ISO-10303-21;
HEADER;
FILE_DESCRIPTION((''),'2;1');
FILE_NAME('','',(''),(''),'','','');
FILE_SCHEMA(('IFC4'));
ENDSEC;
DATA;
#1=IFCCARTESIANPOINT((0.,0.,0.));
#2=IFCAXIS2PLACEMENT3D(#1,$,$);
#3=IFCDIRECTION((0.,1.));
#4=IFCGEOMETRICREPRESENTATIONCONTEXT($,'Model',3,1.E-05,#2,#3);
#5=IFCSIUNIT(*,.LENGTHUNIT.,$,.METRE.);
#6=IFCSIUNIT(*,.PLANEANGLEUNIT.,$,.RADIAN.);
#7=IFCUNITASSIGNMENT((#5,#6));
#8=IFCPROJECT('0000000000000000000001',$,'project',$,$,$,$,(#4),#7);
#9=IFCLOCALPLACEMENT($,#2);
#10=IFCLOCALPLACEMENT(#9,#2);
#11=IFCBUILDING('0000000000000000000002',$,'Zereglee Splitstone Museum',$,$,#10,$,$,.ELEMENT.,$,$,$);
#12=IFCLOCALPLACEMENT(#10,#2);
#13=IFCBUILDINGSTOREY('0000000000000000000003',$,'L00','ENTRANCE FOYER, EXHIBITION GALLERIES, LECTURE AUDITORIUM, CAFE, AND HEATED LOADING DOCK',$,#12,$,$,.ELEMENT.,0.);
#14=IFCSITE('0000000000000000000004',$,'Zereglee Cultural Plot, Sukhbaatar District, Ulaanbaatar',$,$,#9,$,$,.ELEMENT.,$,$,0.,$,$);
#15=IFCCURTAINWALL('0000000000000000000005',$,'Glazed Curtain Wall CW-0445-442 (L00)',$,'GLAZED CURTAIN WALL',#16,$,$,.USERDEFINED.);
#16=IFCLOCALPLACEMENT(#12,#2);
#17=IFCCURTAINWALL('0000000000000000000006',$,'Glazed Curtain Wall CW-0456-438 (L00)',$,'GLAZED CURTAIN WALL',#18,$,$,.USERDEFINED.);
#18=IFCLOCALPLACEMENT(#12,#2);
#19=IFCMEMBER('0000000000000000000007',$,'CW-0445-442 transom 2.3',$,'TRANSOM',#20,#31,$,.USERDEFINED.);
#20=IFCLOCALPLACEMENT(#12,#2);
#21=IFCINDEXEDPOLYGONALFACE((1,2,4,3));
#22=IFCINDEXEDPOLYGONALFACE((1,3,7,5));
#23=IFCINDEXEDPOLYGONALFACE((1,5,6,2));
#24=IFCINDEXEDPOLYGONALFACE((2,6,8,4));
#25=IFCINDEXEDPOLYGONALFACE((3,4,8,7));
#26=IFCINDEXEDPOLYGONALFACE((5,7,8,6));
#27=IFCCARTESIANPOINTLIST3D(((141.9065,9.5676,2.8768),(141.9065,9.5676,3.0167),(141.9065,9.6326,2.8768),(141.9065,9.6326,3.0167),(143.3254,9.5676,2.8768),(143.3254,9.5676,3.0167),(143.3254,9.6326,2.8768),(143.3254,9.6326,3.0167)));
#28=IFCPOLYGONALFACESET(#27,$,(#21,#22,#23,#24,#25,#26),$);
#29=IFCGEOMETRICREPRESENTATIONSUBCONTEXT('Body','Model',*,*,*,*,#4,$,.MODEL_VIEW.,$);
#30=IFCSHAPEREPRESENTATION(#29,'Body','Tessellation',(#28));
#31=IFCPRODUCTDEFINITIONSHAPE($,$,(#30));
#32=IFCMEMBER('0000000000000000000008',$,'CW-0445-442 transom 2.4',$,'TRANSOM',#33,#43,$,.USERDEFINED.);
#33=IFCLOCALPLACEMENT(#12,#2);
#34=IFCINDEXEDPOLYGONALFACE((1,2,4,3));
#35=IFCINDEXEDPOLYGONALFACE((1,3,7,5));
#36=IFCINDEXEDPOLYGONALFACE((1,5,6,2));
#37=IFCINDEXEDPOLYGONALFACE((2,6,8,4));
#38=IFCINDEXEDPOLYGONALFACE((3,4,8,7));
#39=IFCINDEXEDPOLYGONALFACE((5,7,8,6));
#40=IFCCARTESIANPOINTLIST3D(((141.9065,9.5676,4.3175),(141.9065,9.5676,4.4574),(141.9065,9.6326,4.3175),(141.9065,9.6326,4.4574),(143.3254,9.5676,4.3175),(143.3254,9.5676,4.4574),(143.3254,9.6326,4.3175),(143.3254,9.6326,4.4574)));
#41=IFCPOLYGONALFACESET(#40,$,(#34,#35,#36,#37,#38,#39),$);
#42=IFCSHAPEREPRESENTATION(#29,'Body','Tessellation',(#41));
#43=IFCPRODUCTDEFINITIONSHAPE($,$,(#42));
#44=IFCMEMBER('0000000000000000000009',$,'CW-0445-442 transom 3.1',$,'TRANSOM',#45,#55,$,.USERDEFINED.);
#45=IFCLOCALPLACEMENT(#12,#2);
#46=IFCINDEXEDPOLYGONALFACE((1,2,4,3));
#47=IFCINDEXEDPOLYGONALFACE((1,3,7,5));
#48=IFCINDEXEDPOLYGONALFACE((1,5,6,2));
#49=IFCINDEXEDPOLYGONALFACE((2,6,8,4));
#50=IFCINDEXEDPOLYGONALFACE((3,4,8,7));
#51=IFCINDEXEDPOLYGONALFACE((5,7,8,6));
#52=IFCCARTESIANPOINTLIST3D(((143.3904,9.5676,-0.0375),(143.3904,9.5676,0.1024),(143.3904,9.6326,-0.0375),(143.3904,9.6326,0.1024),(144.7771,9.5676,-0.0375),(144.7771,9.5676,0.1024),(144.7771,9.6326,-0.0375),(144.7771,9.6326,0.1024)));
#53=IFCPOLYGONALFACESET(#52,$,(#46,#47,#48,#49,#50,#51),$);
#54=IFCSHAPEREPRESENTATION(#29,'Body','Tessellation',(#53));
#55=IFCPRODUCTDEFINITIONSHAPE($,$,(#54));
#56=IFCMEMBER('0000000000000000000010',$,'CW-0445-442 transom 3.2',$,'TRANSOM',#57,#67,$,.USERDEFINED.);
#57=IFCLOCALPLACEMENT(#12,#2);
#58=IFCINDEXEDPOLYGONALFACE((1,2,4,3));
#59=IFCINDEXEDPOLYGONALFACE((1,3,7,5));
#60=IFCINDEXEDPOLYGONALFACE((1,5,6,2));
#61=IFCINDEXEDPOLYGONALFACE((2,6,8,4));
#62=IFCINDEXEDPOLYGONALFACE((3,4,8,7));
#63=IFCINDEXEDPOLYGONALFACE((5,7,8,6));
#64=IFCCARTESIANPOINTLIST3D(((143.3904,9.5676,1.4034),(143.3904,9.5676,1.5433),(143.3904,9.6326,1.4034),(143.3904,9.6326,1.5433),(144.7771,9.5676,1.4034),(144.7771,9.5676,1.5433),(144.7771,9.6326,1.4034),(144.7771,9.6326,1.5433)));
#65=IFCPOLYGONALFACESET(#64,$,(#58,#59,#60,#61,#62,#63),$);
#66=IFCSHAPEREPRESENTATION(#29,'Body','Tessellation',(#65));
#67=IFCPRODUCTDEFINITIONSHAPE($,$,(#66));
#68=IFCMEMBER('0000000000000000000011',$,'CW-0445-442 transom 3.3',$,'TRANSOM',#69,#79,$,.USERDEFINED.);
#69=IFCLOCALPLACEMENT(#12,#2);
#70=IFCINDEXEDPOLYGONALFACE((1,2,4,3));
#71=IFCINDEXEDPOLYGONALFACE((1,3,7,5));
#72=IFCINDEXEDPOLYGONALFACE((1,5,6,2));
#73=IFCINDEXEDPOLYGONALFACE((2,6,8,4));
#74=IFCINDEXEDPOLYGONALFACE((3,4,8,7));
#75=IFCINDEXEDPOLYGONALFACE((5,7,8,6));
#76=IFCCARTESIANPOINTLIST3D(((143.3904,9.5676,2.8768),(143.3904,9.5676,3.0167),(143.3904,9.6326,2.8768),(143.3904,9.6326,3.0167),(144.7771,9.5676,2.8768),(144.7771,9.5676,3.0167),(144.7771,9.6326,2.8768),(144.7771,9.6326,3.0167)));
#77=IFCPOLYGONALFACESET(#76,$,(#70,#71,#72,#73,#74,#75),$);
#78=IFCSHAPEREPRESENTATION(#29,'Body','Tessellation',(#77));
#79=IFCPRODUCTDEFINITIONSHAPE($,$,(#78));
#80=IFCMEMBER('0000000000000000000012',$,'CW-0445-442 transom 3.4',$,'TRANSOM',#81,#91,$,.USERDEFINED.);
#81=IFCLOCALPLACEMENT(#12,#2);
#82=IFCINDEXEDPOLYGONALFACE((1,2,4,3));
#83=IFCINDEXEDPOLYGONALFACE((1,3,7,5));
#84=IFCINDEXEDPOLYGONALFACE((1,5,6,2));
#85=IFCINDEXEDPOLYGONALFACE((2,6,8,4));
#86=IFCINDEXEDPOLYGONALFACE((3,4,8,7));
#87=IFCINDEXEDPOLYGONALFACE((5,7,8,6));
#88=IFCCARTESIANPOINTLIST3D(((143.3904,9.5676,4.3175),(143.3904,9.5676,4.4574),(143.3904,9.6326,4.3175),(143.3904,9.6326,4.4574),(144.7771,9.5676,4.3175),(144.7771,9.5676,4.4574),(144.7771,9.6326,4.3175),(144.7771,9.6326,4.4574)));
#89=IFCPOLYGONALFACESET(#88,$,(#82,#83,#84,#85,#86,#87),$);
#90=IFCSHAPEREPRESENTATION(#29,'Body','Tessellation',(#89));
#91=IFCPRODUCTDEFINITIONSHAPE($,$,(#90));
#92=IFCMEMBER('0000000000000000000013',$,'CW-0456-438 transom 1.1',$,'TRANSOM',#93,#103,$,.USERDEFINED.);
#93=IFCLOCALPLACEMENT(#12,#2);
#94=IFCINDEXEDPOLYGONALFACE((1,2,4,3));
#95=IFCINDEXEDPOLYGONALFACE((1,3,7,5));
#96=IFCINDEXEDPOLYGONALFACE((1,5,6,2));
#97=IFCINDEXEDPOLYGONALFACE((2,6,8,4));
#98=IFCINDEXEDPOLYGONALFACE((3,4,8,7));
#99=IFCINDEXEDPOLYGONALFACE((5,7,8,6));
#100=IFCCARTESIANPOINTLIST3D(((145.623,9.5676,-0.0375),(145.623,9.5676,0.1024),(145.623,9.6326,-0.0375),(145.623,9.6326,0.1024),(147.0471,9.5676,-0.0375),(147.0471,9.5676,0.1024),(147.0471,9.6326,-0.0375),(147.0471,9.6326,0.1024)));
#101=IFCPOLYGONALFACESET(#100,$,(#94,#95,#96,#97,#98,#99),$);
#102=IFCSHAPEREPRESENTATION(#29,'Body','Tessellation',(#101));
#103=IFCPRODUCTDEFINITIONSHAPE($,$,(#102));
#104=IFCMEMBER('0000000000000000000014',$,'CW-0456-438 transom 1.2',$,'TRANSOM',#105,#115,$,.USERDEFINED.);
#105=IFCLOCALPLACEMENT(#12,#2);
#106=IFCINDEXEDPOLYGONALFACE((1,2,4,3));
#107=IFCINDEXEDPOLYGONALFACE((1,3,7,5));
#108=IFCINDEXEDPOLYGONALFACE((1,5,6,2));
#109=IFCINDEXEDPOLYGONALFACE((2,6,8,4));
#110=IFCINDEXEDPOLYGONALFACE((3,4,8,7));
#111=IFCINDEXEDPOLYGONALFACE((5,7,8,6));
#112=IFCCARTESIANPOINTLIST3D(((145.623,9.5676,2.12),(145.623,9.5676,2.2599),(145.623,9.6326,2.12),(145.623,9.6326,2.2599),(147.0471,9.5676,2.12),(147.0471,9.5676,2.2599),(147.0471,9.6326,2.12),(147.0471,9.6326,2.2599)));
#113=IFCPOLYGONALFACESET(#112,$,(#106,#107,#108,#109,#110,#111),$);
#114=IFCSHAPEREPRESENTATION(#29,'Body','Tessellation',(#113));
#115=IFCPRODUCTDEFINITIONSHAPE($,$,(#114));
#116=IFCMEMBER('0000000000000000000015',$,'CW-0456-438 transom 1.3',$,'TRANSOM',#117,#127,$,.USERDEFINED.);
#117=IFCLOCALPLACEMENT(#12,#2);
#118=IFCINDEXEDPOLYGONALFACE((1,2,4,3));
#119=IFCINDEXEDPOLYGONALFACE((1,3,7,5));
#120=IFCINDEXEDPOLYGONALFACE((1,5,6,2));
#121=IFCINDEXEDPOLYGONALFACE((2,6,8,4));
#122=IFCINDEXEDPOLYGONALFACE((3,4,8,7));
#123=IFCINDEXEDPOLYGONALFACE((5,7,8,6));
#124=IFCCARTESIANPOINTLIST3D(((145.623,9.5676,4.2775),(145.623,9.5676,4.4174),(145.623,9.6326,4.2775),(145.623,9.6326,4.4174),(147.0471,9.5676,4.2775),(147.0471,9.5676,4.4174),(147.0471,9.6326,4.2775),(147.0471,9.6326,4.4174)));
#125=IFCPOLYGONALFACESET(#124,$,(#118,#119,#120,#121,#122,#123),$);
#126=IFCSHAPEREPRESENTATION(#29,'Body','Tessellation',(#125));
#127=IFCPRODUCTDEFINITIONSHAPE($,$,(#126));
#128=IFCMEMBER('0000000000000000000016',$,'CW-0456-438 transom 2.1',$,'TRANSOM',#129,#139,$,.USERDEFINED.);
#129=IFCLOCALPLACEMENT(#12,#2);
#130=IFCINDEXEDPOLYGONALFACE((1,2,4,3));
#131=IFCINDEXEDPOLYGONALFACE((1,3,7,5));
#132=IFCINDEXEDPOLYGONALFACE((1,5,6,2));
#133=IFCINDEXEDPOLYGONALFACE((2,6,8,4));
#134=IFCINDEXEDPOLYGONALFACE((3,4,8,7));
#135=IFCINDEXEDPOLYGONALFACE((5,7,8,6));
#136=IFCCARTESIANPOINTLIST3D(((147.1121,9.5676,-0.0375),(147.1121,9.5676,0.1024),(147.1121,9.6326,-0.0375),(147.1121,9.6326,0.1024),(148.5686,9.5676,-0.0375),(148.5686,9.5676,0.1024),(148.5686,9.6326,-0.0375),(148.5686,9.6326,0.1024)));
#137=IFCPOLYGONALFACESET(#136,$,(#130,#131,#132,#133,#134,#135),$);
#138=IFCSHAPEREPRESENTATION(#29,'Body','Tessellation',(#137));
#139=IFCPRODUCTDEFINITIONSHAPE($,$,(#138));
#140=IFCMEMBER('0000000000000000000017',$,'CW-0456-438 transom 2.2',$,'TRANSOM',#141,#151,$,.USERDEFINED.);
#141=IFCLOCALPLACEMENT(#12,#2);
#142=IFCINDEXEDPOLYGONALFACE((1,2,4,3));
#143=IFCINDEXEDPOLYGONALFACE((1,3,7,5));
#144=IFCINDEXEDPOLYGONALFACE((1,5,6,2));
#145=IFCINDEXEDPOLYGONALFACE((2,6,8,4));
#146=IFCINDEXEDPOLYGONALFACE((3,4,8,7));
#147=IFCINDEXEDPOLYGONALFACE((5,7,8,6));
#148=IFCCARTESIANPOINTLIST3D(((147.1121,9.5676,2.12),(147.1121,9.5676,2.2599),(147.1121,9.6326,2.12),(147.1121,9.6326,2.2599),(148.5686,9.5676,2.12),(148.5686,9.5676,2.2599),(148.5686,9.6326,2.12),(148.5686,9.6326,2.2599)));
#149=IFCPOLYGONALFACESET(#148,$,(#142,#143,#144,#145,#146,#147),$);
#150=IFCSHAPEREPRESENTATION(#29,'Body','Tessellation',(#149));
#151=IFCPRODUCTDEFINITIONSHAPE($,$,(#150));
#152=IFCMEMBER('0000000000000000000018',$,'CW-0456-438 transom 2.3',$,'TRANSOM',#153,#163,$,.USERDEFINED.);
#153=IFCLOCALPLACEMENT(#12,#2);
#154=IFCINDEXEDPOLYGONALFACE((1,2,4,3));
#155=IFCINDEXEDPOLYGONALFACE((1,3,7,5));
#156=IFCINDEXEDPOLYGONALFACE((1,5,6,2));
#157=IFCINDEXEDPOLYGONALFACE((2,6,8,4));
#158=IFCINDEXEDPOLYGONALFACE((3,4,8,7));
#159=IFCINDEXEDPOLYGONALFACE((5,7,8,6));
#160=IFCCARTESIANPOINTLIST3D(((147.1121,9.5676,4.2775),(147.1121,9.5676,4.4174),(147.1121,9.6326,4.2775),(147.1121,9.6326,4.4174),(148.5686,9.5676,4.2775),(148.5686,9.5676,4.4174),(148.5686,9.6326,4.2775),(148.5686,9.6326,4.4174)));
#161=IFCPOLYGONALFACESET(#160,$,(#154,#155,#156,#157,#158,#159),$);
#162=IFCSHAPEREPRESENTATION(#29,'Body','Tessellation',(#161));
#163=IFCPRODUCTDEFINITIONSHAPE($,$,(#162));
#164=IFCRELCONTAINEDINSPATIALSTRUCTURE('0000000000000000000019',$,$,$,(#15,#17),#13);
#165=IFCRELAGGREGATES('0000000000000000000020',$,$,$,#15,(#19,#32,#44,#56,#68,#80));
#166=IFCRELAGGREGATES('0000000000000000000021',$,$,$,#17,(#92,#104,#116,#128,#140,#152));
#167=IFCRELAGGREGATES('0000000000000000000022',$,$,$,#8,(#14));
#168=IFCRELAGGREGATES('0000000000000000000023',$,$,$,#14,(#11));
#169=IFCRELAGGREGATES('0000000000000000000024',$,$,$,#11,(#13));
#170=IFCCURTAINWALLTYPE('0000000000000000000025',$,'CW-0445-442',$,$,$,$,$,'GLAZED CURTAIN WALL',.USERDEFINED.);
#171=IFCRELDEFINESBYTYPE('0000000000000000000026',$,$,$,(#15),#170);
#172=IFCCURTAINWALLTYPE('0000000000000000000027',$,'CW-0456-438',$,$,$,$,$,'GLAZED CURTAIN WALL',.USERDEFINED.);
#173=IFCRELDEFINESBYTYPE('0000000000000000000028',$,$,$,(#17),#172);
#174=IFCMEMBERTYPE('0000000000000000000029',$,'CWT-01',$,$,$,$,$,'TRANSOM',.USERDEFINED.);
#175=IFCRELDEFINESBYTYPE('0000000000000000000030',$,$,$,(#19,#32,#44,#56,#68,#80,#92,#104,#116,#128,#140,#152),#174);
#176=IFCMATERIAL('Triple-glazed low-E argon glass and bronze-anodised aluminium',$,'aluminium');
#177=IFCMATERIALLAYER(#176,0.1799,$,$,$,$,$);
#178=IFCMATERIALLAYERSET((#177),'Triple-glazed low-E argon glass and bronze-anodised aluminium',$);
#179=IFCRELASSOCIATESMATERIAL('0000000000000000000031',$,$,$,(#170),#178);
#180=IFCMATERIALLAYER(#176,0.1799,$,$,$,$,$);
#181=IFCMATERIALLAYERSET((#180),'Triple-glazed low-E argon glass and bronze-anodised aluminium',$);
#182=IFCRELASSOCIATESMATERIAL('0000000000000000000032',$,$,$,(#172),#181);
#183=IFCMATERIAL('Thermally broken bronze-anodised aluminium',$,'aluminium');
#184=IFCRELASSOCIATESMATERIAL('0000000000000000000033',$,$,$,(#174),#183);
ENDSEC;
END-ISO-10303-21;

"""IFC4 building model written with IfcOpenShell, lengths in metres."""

from ifc_helpers import new_model, si_unit, direction, frame, origin, origin_2d, place, context, subcontext, project, spatial, rectangle, extrude, material, layer, layer_set, material_profile, profile_set, type_object, element, aggregate, save


model = new_model("IFC4")

# Units and contexts
model_context = context("Model", 3, precision=1e-05, world=origin(), true_north=direction((0.0, 1.0)))
body_context = subcontext(model_context, "Body", "Model", "MODEL_VIEW")
ifc_project = project(units=[si_unit("LENGTHUNIT", "METRE"), si_unit("PLANEANGLEUNIT", "RADIAN")], contexts=[model_context])

# Site, building, storey
site_placement = place(None, origin())
site = spatial("IfcSite", under=ifc_project, at=site_placement, Name="Zereglee Cultural Plot, Sukhbaatar District, Ulaanbaatar", CompositionType="ELEMENT", RefElevation=0.0)
building_placement = place(site_placement, origin())
building = spatial("IfcBuilding", under=site, at=building_placement, Name="Zereglee Splitstone Museum", CompositionType="ELEMENT")
storey_placement = place(building_placement, origin())
storey = spatial("IfcBuildingStorey", under=building, at=storey_placement, Name="L00", Description="ENTRANCE FOYER, EXHIBITION GALLERIES, LECTURE AUDITORIUM, CAFE, AND HEATED LOADING DOCK", CompositionType="ELEMENT", Elevation=0.0)

# Shared definitions
ifc_material_1 = material(Name="Triple-glazed low-E argon glass and bronze-anodised aluminium", Category="aluminium")
ifc_material_2 = material(Name="Thermally broken bronze-anodised aluminium", Category="aluminium")

# Curtain walls
ifc_layer_1 = layer(ifc_material_1, 0.1799)
ifc_layer_set_1 = layer_set([ifc_layer_1], Name="Triple-glazed low-E argon glass and bronze-anodised aluminium")
curtain_wall_type_1 = type_object("IfcCurtainWallType", Name="CW-0445-442", ElementType="GLAZED CURTAIN WALL", PredefinedType="USERDEFINED", material=ifc_layer_set_1)
curtain_wall_1_placement = place(storey_placement, origin())
curtain_wall_1 = element("IfcCurtainWall", 1, at=curtain_wall_1_placement, inside=storey, type_object=curtain_wall_type_1, Name="Glazed Curtain Wall CW-0445-442 (L00)", ObjectType="GLAZED CURTAIN WALL", PredefinedType="USERDEFINED")
ifc_layer_2 = layer(ifc_material_1, 0.1799)
ifc_layer_set_2 = layer_set([ifc_layer_2], Name="Triple-glazed low-E argon glass and bronze-anodised aluminium")
curtain_wall_type_2 = type_object("IfcCurtainWallType", Name="CW-0456-438", ElementType="GLAZED CURTAIN WALL", PredefinedType="USERDEFINED", material=ifc_layer_set_2)
curtain_wall_2_placement = place(storey_placement, origin())
curtain_wall_2 = element("IfcCurtainWall", 2, at=curtain_wall_2_placement, inside=storey, type_object=curtain_wall_type_2, Name="Glazed Curtain Wall CW-0456-438 (L00)", ObjectType="GLAZED CURTAIN WALL", PredefinedType="USERDEFINED")

# Members
ifc_material_profile_1 = material_profile(ifc_material_2, rectangle(XDim=0.0649, YDim=0.1399, at=origin_2d()), Name="CW TRAN 65x140")
ifc_profile_set_1 = profile_set([ifc_material_profile_1], Name="Thermally broken bronze-anodised aluminium")
member_type_1 = type_object("IfcMemberType", Name="CWT-01", ElementType="TRANSOM", PredefinedType="USERDEFINED", material=ifc_profile_set_1)
member_1_placement = place(storey_placement, frame((141.9065, 9.6001, 2.9468), z_axis=(1.0, 0.0, 0.0), x_axis=(0.0, 1.0, 0.0)))
member_1 = element("IfcMember", 3, at=member_1_placement, type_object=member_type_1, Name="CW-0445-442 transom 2.3", ObjectType="TRANSOM", PredefinedType="USERDEFINED", context=body_context, shape_type="SweptSolid", body=[
    extrude(rectangle(XDim=0.0649, YDim=0.1399, at=origin_2d()), origin(), (0.0, 0.0, 1.0), 1.4189),
])
member_2_placement = place(storey_placement, frame((141.9065, 9.6001, 4.3875), z_axis=(1.0, 0.0, 0.0), x_axis=(0.0, 1.0, 0.0)))
member_2 = element("IfcMember", 4, at=member_2_placement, type_object=member_type_1, Name="CW-0445-442 transom 2.4", ObjectType="TRANSOM", PredefinedType="USERDEFINED", context=body_context, shape_type="SweptSolid", body=[
    extrude(rectangle(XDim=0.0649, YDim=0.1399, at=origin_2d()), origin(), (0.0, 0.0, 1.0), 1.4189),
])
member_3_placement = place(storey_placement, frame((143.3904, 9.6001, 0.0325), z_axis=(1.0, 0.0, 0.0), x_axis=(0.0, 1.0, 0.0)))
member_3 = element("IfcMember", 5, at=member_3_placement, type_object=member_type_1, Name="CW-0445-442 transom 3.1", ObjectType="TRANSOM", PredefinedType="USERDEFINED", context=body_context, shape_type="SweptSolid", body=[
    extrude(rectangle(XDim=0.0649, YDim=0.1399, at=origin_2d()), origin(), (0.0, 0.0, 1.0), 1.3867),
])
member_4_placement = place(storey_placement, frame((143.3904, 9.6001, 1.4734), z_axis=(1.0, 0.0, 0.0), x_axis=(0.0, 1.0, 0.0)))
member_4 = element("IfcMember", 6, at=member_4_placement, type_object=member_type_1, Name="CW-0445-442 transom 3.2", ObjectType="TRANSOM", PredefinedType="USERDEFINED", context=body_context, shape_type="SweptSolid", body=[
    extrude(rectangle(XDim=0.0649, YDim=0.1399, at=origin_2d()), origin(), (0.0, 0.0, 1.0), 1.3867),
])
member_5_placement = place(storey_placement, frame((143.3904, 9.6001, 2.9468), z_axis=(1.0, 0.0, 0.0), x_axis=(0.0, 1.0, 0.0)))
member_5 = element("IfcMember", 7, at=member_5_placement, type_object=member_type_1, Name="CW-0445-442 transom 3.3", ObjectType="TRANSOM", PredefinedType="USERDEFINED", context=body_context, shape_type="SweptSolid", body=[
    extrude(rectangle(XDim=0.0649, YDim=0.1399, at=origin_2d()), origin(), (0.0, 0.0, 1.0), 1.3867),
])
member_6_placement = place(storey_placement, frame((143.3904, 9.6001, 4.3875), z_axis=(1.0, 0.0, 0.0), x_axis=(0.0, 1.0, 0.0)))
member_6 = element("IfcMember", 8, at=member_6_placement, type_object=member_type_1, Name="CW-0445-442 transom 3.4", ObjectType="TRANSOM", PredefinedType="USERDEFINED", context=body_context, shape_type="SweptSolid", body=[
    extrude(rectangle(XDim=0.0649, YDim=0.1399, at=origin_2d()), origin(), (0.0, 0.0, 1.0), 1.3867),
])
member_7_placement = place(storey_placement, frame((145.623, 9.6001, 0.0325), z_axis=(1.0, 0.0, 0.0), x_axis=(0.0, 1.0, 0.0)))
member_7 = element("IfcMember", 9, at=member_7_placement, type_object=member_type_1, Name="CW-0456-438 transom 1.1", ObjectType="TRANSOM", PredefinedType="USERDEFINED", context=body_context, shape_type="SweptSolid", body=[
    extrude(rectangle(XDim=0.0649, YDim=0.1399, at=origin_2d()), origin(), (0.0, 0.0, 1.0), 1.4241),
])
member_8_placement = place(storey_placement, frame((145.623, 9.6001, 2.1899), z_axis=(1.0, 0.0, 0.0), x_axis=(0.0, 1.0, 0.0)))
member_8 = element("IfcMember", 10, at=member_8_placement, type_object=member_type_1, Name="CW-0456-438 transom 1.2", ObjectType="TRANSOM", PredefinedType="USERDEFINED", context=body_context, shape_type="SweptSolid", body=[
    extrude(rectangle(XDim=0.0649, YDim=0.1399, at=origin_2d()), origin(), (0.0, 0.0, 1.0), 1.4241),
])
member_9_placement = place(storey_placement, frame((145.623, 9.6001, 4.3474), z_axis=(1.0, 0.0, 0.0), x_axis=(0.0, 1.0, 0.0)))
member_9 = element("IfcMember", 11, at=member_9_placement, type_object=member_type_1, Name="CW-0456-438 transom 1.3", ObjectType="TRANSOM", PredefinedType="USERDEFINED", context=body_context, shape_type="SweptSolid", body=[
    extrude(rectangle(XDim=0.0649, YDim=0.1399, at=origin_2d()), origin(), (0.0, 0.0, 1.0), 1.4241),
])
member_10_placement = place(storey_placement, frame((147.1121, 9.6001, 0.0325), z_axis=(1.0, 0.0, 0.0), x_axis=(0.0, 1.0, 0.0)))
member_10 = element("IfcMember", 12, at=member_10_placement, type_object=member_type_1, Name="CW-0456-438 transom 2.1", ObjectType="TRANSOM", PredefinedType="USERDEFINED", context=body_context, shape_type="SweptSolid", body=[
    extrude(rectangle(XDim=0.0649, YDim=0.1399, at=origin_2d()), origin(), (0.0, 0.0, 1.0), 1.4565),
])
member_11_placement = place(storey_placement, frame((147.1121, 9.6001, 2.1899), z_axis=(1.0, 0.0, 0.0), x_axis=(0.0, 1.0, 0.0)))
member_11 = element("IfcMember", 13, at=member_11_placement, type_object=member_type_1, Name="CW-0456-438 transom 2.2", ObjectType="TRANSOM", PredefinedType="USERDEFINED", context=body_context, shape_type="SweptSolid", body=[
    extrude(rectangle(XDim=0.0649, YDim=0.1399, at=origin_2d()), origin(), (0.0, 0.0, 1.0), 1.4565),
])
member_12_placement = place(storey_placement, frame((147.1121, 9.6001, 4.3474), z_axis=(1.0, 0.0, 0.0), x_axis=(0.0, 1.0, 0.0)))
member_12 = element("IfcMember", 14, at=member_12_placement, type_object=member_type_1, Name="CW-0456-438 transom 2.3", ObjectType="TRANSOM", PredefinedType="USERDEFINED", context=body_context, shape_type="SweptSolid", body=[
    extrude(rectangle(XDim=0.0649, YDim=0.1399, at=origin_2d()), origin(), (0.0, 0.0, 1.0), 1.4565),
])

aggregate(curtain_wall_1, [member_1, member_2, member_3, member_4, member_5, member_6])
aggregate(curtain_wall_2, [member_7, member_8, member_9, member_10, member_11, member_12])

save(model, "model.ifc")
